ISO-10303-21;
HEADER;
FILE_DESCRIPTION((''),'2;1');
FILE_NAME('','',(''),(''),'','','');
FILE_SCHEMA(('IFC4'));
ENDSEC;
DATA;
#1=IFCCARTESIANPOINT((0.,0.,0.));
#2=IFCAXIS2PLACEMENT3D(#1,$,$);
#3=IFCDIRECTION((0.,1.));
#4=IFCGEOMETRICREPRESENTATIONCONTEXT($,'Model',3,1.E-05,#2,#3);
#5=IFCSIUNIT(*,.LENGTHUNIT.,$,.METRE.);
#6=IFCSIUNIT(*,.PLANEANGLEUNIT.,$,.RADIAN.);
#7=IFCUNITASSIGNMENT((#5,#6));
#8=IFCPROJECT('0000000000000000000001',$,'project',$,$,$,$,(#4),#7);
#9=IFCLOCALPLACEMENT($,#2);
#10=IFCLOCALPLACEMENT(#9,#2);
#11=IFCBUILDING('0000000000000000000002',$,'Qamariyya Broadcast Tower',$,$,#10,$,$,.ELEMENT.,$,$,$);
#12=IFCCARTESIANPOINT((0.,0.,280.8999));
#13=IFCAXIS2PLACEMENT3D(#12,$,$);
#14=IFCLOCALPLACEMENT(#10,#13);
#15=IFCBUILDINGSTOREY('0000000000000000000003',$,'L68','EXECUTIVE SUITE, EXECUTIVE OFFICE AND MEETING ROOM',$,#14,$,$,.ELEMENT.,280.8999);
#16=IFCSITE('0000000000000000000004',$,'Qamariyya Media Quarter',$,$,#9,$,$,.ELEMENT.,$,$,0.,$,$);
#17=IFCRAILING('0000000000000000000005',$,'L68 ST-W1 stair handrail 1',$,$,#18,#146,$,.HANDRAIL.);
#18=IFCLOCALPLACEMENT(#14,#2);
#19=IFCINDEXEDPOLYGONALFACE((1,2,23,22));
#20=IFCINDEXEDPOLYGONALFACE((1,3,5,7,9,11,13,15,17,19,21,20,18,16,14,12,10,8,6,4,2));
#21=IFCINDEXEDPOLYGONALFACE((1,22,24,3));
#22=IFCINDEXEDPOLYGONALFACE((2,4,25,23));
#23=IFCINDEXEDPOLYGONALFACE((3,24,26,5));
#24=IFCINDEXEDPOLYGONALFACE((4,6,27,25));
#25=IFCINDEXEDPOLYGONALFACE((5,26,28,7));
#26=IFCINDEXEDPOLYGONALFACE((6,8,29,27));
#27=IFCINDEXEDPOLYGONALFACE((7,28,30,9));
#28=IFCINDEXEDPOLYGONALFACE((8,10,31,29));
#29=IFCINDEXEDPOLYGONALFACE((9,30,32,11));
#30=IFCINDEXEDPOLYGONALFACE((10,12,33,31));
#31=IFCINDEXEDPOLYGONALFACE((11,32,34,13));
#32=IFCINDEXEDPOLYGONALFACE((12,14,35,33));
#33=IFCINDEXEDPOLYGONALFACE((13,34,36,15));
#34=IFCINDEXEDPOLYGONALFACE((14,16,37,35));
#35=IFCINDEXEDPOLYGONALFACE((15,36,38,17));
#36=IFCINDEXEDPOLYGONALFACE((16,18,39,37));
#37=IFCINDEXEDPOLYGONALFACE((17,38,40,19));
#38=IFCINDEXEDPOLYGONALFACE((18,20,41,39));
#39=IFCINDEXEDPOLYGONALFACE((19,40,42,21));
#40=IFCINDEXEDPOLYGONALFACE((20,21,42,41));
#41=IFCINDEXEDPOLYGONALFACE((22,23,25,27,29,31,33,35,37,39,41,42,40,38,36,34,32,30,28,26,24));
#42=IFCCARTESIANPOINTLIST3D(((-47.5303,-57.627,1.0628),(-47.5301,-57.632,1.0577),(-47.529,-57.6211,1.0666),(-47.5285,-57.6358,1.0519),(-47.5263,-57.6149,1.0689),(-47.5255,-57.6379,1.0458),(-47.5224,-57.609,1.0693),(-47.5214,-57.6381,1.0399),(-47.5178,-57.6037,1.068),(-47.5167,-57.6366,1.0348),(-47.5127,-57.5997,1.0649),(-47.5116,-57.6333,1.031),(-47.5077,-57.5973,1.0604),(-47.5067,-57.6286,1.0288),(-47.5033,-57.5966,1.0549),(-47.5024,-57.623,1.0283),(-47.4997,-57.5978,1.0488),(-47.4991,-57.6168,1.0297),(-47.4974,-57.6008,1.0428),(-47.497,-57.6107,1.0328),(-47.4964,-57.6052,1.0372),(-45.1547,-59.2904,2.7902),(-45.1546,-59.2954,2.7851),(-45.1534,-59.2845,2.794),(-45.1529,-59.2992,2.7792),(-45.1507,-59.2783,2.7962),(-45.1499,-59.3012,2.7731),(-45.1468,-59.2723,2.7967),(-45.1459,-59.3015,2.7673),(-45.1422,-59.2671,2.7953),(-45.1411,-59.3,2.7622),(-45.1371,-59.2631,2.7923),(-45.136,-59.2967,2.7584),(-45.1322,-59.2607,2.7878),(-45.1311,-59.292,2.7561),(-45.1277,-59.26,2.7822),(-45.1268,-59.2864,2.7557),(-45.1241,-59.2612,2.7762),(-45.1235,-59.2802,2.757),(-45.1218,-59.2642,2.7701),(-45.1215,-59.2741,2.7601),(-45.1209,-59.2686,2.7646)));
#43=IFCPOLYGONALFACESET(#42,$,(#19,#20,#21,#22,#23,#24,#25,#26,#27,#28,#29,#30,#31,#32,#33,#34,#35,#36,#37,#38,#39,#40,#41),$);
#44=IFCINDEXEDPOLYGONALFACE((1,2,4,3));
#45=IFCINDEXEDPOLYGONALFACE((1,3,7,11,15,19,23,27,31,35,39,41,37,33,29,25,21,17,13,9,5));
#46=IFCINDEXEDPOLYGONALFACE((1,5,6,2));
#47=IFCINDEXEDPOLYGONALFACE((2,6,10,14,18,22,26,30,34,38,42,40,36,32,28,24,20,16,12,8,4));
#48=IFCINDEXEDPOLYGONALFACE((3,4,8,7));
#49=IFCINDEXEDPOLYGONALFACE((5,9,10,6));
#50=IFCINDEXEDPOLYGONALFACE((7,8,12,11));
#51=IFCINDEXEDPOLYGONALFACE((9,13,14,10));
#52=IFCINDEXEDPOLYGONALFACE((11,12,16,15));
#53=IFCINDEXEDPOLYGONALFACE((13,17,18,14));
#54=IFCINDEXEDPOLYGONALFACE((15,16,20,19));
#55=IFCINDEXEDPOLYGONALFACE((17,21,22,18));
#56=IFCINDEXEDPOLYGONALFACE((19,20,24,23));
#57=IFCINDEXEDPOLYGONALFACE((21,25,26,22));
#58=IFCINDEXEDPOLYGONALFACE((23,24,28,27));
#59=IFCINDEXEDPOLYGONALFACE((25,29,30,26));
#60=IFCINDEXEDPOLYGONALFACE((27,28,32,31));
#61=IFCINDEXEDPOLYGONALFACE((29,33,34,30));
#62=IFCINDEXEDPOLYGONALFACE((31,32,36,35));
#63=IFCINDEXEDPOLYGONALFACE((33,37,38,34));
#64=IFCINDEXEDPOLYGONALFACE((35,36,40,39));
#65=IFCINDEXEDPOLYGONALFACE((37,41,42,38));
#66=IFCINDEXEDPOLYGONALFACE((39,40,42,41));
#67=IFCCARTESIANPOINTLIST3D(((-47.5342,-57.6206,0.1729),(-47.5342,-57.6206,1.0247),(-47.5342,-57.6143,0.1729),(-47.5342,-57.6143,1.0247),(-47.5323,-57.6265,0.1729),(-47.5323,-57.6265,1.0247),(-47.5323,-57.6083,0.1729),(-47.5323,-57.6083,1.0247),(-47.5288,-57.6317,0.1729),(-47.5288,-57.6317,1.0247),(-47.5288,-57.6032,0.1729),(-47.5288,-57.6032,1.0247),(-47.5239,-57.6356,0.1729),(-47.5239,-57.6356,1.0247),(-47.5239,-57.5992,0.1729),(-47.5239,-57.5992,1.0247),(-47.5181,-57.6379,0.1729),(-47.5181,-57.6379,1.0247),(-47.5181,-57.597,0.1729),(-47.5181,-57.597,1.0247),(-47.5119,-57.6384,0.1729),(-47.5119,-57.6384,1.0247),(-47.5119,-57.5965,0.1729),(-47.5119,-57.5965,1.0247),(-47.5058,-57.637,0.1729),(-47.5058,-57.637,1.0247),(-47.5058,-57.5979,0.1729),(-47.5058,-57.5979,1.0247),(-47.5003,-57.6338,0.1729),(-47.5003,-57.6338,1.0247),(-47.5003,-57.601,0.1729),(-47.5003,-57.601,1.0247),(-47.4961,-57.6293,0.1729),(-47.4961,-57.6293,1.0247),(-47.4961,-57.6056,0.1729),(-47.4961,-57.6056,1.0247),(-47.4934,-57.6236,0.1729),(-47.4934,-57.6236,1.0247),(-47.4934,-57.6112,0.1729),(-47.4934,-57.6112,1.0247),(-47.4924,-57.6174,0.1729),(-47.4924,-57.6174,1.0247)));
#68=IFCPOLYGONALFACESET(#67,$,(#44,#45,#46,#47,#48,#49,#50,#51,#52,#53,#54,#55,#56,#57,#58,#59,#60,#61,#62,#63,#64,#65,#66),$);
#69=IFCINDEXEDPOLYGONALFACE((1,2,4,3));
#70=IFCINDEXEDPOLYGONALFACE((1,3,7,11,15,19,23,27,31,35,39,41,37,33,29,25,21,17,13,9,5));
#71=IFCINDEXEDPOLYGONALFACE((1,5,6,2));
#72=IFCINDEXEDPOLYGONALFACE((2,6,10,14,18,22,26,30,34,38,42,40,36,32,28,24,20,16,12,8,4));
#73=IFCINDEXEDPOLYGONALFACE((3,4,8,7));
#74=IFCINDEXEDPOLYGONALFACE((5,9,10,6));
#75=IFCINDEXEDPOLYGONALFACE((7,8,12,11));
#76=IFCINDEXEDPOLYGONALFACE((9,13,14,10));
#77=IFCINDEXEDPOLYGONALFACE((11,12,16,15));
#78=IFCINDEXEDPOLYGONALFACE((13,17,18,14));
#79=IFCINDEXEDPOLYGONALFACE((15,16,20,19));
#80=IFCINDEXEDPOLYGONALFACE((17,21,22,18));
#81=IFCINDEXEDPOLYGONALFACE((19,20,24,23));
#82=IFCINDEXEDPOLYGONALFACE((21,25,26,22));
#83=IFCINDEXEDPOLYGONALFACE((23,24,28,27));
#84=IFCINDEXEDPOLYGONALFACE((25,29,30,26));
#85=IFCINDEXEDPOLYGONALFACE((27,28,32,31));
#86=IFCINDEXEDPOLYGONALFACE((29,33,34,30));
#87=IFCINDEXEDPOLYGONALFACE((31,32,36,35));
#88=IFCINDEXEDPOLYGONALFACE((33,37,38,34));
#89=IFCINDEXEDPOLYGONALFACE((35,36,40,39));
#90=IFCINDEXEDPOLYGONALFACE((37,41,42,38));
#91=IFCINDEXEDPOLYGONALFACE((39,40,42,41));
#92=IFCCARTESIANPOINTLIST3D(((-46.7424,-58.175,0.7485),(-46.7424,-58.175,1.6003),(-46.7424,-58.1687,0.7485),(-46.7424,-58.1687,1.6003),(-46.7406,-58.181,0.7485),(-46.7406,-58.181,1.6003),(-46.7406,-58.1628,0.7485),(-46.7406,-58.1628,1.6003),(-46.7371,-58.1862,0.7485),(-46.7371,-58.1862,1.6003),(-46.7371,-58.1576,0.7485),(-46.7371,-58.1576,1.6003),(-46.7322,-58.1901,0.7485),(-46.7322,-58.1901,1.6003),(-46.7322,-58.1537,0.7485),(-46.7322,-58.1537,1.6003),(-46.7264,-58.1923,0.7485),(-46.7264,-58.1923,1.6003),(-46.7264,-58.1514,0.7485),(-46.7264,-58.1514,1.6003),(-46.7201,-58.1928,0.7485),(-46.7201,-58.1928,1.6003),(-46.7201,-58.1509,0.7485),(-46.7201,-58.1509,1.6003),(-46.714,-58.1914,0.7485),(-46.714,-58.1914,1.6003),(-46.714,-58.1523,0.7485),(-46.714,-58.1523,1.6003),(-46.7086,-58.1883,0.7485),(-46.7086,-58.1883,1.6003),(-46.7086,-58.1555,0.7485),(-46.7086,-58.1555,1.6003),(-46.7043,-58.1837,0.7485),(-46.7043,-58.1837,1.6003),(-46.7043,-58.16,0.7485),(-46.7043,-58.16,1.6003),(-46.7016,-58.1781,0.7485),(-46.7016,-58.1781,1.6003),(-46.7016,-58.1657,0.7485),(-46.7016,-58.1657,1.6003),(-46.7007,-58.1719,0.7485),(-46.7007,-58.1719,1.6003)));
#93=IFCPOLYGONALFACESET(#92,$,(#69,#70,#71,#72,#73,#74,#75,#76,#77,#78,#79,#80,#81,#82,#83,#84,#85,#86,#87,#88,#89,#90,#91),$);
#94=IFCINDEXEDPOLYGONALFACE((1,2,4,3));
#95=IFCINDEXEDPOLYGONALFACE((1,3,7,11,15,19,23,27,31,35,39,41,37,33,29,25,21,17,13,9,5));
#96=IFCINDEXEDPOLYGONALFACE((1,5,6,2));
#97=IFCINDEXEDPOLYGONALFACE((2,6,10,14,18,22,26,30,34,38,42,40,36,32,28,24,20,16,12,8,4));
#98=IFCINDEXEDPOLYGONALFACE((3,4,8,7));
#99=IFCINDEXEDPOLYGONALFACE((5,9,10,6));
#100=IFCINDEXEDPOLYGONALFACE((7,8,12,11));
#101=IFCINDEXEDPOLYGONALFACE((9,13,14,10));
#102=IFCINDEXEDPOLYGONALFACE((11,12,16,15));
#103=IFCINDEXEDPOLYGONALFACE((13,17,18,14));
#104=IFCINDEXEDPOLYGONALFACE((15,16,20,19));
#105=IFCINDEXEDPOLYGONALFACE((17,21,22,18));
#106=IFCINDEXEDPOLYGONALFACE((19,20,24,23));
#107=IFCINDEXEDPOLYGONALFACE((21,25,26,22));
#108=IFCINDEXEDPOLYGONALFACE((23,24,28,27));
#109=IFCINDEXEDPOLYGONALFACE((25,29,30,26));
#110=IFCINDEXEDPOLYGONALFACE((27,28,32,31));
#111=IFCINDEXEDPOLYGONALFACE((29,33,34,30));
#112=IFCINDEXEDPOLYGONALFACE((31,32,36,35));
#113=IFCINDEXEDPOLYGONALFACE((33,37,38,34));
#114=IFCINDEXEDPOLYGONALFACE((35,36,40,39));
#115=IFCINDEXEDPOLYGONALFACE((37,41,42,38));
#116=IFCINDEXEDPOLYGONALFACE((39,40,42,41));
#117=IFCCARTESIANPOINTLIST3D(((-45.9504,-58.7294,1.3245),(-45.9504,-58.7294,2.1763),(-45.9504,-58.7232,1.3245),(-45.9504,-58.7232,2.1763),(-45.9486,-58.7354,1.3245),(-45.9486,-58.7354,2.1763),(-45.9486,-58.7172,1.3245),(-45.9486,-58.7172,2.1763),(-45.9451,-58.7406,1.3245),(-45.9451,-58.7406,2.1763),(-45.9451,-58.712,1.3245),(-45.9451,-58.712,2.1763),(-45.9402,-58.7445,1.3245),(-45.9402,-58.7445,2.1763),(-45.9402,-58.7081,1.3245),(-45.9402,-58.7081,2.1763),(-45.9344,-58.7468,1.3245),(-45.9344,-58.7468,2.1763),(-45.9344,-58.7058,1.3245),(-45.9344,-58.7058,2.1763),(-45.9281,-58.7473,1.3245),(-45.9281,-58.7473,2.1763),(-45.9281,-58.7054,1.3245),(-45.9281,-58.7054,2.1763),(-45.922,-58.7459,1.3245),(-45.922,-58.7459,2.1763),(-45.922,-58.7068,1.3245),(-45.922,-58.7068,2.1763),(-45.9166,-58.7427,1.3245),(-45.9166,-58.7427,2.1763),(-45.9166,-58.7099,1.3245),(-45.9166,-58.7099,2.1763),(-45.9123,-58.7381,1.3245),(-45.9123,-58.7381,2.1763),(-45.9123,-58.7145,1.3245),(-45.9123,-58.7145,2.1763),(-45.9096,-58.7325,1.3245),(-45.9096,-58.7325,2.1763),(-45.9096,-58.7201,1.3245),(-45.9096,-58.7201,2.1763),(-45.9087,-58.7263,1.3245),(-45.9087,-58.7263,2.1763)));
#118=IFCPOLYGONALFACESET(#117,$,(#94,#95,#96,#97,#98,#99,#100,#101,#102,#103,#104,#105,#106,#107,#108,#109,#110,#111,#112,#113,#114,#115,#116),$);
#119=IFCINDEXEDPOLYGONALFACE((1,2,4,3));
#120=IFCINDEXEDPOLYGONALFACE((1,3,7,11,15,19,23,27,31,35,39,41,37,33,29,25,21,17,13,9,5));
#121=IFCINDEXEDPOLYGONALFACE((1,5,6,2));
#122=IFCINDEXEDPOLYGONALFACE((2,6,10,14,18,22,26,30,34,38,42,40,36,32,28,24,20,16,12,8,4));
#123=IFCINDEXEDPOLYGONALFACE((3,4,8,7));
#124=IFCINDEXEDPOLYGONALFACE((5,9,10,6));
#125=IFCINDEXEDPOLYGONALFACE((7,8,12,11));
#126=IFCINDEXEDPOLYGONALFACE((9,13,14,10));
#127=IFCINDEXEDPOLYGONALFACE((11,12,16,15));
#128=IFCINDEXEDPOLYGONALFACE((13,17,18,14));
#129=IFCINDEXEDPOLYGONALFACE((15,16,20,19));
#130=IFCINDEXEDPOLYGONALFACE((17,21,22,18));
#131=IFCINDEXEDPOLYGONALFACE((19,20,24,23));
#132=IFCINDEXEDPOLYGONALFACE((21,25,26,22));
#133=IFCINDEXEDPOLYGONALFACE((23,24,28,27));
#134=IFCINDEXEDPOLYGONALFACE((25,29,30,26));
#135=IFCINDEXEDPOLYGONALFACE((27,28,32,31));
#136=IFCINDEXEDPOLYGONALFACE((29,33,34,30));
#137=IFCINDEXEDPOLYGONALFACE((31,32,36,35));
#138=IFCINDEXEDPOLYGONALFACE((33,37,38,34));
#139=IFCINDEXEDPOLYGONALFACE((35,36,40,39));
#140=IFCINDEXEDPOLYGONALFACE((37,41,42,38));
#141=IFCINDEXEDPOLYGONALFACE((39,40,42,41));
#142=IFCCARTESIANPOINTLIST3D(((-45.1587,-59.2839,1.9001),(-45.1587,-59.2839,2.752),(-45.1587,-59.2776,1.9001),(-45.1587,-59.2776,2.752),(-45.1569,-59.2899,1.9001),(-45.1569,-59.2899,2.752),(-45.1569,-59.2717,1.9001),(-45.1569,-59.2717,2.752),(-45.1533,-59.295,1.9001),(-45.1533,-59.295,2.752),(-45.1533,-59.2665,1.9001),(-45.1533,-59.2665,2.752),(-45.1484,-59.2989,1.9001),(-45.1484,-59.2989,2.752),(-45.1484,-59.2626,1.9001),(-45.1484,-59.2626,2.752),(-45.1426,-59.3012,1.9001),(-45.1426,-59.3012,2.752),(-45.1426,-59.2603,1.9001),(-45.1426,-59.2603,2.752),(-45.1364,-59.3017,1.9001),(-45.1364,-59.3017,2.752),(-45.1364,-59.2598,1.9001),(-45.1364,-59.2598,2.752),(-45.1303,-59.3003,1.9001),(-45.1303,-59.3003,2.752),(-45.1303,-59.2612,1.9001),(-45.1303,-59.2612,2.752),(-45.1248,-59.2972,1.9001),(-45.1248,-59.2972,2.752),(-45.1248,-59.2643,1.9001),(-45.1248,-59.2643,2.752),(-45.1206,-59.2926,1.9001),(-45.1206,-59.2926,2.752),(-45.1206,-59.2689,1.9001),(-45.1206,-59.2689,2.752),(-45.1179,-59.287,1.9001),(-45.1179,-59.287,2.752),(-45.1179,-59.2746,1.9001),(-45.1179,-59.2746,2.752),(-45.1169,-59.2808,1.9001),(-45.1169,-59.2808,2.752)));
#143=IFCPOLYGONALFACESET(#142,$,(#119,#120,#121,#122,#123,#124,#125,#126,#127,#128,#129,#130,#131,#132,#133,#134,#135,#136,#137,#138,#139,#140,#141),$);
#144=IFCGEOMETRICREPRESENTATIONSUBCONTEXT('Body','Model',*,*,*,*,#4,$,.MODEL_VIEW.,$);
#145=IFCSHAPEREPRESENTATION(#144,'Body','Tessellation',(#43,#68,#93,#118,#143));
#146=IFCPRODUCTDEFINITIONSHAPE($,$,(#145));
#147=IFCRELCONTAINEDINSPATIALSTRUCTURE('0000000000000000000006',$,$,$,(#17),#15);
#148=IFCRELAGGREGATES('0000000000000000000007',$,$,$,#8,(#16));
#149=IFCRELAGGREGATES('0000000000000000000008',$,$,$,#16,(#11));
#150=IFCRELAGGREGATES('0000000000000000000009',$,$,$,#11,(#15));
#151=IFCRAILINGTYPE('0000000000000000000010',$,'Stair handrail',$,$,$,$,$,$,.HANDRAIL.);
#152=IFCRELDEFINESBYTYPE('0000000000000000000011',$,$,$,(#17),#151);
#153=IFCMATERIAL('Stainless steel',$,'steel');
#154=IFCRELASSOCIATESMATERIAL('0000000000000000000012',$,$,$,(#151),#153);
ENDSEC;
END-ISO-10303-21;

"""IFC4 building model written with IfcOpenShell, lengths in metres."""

from ifc_helpers import new_model, si_unit, direction, frame, origin, origin_2d, place, context, subcontext, project, spatial, circle, extrude, material, type_object, element, save


model = new_model("IFC4")

# Units and contexts
model_context = context("Model", 3, precision=1e-05, world=origin(), true_north=direction((0.0, 1.0)))
body_context = subcontext(model_context, "Body", "Model", "MODEL_VIEW")
ifc_project = project(units=[si_unit("LENGTHUNIT", "METRE"), si_unit("PLANEANGLEUNIT", "RADIAN")], contexts=[model_context])

# Site, building, storey
site_placement = place(None, origin())
site = spatial("IfcSite", under=ifc_project, at=site_placement, Name="Qamariyya Media Quarter", CompositionType="ELEMENT", RefElevation=0.0)
building_placement = place(site_placement, origin())
building = spatial("IfcBuilding", under=site, at=building_placement, Name="Qamariyya Broadcast Tower", CompositionType="ELEMENT")
storey_placement = place(building_placement, frame((0.0, 0.0, 280.8999)))
storey = spatial("IfcBuildingStorey", under=building, at=storey_placement, Name="L68", Description="EXECUTIVE SUITE, EXECUTIVE OFFICE AND MEETING ROOM", CompositionType="ELEMENT", Elevation=280.8999)

# Railing
ifc_material_1 = material(Name="Stainless steel", Category="steel")
railing_type_1 = type_object("IfcRailingType", Name="Stair handrail", PredefinedType="HANDRAIL", material=ifc_material_1)
railing_1_placement = place(storey_placement, frame((-47.5134, -57.6174, 0.1729)))
element("IfcRailing", 1, at=railing_1_placement, inside=storey, type_object=railing_type_1, Name="L68 ST-W1 stair handrail 1", PredefinedType="HANDRAIL", context=body_context, shape_type="SweptSolid", body=[
    extrude(circle(Radius=0.0239, at=origin_2d()), frame((0.0, 0.0, 0.876), z_axis=(0.70377, -0.492784, 0.511734), x_axis=(0.573575, 0.819153, 0.0)), (0.0, 0.0, 1.0), 3.3755),
    extrude(circle(Radius=0.021, at=origin_2d()), origin(), (0.0, 0.0, 1.0), 0.8518),
    extrude(circle(Radius=0.021, at=origin_2d()), frame((0.7917, -0.5544, 0.5757)), (0.0, 0.0, 1.0), 0.8518),
    extrude(circle(Radius=0.021, at=origin_2d()), frame((1.5837, -1.1089, 1.1516)), (0.0, 0.0, 1.0), 0.8518),
    extrude(circle(Radius=0.021, at=origin_2d()), frame((2.3755, -1.6633, 1.7273)), (0.0, 0.0, 1.0), 0.8518),
])

save(model, "model.ifc")
